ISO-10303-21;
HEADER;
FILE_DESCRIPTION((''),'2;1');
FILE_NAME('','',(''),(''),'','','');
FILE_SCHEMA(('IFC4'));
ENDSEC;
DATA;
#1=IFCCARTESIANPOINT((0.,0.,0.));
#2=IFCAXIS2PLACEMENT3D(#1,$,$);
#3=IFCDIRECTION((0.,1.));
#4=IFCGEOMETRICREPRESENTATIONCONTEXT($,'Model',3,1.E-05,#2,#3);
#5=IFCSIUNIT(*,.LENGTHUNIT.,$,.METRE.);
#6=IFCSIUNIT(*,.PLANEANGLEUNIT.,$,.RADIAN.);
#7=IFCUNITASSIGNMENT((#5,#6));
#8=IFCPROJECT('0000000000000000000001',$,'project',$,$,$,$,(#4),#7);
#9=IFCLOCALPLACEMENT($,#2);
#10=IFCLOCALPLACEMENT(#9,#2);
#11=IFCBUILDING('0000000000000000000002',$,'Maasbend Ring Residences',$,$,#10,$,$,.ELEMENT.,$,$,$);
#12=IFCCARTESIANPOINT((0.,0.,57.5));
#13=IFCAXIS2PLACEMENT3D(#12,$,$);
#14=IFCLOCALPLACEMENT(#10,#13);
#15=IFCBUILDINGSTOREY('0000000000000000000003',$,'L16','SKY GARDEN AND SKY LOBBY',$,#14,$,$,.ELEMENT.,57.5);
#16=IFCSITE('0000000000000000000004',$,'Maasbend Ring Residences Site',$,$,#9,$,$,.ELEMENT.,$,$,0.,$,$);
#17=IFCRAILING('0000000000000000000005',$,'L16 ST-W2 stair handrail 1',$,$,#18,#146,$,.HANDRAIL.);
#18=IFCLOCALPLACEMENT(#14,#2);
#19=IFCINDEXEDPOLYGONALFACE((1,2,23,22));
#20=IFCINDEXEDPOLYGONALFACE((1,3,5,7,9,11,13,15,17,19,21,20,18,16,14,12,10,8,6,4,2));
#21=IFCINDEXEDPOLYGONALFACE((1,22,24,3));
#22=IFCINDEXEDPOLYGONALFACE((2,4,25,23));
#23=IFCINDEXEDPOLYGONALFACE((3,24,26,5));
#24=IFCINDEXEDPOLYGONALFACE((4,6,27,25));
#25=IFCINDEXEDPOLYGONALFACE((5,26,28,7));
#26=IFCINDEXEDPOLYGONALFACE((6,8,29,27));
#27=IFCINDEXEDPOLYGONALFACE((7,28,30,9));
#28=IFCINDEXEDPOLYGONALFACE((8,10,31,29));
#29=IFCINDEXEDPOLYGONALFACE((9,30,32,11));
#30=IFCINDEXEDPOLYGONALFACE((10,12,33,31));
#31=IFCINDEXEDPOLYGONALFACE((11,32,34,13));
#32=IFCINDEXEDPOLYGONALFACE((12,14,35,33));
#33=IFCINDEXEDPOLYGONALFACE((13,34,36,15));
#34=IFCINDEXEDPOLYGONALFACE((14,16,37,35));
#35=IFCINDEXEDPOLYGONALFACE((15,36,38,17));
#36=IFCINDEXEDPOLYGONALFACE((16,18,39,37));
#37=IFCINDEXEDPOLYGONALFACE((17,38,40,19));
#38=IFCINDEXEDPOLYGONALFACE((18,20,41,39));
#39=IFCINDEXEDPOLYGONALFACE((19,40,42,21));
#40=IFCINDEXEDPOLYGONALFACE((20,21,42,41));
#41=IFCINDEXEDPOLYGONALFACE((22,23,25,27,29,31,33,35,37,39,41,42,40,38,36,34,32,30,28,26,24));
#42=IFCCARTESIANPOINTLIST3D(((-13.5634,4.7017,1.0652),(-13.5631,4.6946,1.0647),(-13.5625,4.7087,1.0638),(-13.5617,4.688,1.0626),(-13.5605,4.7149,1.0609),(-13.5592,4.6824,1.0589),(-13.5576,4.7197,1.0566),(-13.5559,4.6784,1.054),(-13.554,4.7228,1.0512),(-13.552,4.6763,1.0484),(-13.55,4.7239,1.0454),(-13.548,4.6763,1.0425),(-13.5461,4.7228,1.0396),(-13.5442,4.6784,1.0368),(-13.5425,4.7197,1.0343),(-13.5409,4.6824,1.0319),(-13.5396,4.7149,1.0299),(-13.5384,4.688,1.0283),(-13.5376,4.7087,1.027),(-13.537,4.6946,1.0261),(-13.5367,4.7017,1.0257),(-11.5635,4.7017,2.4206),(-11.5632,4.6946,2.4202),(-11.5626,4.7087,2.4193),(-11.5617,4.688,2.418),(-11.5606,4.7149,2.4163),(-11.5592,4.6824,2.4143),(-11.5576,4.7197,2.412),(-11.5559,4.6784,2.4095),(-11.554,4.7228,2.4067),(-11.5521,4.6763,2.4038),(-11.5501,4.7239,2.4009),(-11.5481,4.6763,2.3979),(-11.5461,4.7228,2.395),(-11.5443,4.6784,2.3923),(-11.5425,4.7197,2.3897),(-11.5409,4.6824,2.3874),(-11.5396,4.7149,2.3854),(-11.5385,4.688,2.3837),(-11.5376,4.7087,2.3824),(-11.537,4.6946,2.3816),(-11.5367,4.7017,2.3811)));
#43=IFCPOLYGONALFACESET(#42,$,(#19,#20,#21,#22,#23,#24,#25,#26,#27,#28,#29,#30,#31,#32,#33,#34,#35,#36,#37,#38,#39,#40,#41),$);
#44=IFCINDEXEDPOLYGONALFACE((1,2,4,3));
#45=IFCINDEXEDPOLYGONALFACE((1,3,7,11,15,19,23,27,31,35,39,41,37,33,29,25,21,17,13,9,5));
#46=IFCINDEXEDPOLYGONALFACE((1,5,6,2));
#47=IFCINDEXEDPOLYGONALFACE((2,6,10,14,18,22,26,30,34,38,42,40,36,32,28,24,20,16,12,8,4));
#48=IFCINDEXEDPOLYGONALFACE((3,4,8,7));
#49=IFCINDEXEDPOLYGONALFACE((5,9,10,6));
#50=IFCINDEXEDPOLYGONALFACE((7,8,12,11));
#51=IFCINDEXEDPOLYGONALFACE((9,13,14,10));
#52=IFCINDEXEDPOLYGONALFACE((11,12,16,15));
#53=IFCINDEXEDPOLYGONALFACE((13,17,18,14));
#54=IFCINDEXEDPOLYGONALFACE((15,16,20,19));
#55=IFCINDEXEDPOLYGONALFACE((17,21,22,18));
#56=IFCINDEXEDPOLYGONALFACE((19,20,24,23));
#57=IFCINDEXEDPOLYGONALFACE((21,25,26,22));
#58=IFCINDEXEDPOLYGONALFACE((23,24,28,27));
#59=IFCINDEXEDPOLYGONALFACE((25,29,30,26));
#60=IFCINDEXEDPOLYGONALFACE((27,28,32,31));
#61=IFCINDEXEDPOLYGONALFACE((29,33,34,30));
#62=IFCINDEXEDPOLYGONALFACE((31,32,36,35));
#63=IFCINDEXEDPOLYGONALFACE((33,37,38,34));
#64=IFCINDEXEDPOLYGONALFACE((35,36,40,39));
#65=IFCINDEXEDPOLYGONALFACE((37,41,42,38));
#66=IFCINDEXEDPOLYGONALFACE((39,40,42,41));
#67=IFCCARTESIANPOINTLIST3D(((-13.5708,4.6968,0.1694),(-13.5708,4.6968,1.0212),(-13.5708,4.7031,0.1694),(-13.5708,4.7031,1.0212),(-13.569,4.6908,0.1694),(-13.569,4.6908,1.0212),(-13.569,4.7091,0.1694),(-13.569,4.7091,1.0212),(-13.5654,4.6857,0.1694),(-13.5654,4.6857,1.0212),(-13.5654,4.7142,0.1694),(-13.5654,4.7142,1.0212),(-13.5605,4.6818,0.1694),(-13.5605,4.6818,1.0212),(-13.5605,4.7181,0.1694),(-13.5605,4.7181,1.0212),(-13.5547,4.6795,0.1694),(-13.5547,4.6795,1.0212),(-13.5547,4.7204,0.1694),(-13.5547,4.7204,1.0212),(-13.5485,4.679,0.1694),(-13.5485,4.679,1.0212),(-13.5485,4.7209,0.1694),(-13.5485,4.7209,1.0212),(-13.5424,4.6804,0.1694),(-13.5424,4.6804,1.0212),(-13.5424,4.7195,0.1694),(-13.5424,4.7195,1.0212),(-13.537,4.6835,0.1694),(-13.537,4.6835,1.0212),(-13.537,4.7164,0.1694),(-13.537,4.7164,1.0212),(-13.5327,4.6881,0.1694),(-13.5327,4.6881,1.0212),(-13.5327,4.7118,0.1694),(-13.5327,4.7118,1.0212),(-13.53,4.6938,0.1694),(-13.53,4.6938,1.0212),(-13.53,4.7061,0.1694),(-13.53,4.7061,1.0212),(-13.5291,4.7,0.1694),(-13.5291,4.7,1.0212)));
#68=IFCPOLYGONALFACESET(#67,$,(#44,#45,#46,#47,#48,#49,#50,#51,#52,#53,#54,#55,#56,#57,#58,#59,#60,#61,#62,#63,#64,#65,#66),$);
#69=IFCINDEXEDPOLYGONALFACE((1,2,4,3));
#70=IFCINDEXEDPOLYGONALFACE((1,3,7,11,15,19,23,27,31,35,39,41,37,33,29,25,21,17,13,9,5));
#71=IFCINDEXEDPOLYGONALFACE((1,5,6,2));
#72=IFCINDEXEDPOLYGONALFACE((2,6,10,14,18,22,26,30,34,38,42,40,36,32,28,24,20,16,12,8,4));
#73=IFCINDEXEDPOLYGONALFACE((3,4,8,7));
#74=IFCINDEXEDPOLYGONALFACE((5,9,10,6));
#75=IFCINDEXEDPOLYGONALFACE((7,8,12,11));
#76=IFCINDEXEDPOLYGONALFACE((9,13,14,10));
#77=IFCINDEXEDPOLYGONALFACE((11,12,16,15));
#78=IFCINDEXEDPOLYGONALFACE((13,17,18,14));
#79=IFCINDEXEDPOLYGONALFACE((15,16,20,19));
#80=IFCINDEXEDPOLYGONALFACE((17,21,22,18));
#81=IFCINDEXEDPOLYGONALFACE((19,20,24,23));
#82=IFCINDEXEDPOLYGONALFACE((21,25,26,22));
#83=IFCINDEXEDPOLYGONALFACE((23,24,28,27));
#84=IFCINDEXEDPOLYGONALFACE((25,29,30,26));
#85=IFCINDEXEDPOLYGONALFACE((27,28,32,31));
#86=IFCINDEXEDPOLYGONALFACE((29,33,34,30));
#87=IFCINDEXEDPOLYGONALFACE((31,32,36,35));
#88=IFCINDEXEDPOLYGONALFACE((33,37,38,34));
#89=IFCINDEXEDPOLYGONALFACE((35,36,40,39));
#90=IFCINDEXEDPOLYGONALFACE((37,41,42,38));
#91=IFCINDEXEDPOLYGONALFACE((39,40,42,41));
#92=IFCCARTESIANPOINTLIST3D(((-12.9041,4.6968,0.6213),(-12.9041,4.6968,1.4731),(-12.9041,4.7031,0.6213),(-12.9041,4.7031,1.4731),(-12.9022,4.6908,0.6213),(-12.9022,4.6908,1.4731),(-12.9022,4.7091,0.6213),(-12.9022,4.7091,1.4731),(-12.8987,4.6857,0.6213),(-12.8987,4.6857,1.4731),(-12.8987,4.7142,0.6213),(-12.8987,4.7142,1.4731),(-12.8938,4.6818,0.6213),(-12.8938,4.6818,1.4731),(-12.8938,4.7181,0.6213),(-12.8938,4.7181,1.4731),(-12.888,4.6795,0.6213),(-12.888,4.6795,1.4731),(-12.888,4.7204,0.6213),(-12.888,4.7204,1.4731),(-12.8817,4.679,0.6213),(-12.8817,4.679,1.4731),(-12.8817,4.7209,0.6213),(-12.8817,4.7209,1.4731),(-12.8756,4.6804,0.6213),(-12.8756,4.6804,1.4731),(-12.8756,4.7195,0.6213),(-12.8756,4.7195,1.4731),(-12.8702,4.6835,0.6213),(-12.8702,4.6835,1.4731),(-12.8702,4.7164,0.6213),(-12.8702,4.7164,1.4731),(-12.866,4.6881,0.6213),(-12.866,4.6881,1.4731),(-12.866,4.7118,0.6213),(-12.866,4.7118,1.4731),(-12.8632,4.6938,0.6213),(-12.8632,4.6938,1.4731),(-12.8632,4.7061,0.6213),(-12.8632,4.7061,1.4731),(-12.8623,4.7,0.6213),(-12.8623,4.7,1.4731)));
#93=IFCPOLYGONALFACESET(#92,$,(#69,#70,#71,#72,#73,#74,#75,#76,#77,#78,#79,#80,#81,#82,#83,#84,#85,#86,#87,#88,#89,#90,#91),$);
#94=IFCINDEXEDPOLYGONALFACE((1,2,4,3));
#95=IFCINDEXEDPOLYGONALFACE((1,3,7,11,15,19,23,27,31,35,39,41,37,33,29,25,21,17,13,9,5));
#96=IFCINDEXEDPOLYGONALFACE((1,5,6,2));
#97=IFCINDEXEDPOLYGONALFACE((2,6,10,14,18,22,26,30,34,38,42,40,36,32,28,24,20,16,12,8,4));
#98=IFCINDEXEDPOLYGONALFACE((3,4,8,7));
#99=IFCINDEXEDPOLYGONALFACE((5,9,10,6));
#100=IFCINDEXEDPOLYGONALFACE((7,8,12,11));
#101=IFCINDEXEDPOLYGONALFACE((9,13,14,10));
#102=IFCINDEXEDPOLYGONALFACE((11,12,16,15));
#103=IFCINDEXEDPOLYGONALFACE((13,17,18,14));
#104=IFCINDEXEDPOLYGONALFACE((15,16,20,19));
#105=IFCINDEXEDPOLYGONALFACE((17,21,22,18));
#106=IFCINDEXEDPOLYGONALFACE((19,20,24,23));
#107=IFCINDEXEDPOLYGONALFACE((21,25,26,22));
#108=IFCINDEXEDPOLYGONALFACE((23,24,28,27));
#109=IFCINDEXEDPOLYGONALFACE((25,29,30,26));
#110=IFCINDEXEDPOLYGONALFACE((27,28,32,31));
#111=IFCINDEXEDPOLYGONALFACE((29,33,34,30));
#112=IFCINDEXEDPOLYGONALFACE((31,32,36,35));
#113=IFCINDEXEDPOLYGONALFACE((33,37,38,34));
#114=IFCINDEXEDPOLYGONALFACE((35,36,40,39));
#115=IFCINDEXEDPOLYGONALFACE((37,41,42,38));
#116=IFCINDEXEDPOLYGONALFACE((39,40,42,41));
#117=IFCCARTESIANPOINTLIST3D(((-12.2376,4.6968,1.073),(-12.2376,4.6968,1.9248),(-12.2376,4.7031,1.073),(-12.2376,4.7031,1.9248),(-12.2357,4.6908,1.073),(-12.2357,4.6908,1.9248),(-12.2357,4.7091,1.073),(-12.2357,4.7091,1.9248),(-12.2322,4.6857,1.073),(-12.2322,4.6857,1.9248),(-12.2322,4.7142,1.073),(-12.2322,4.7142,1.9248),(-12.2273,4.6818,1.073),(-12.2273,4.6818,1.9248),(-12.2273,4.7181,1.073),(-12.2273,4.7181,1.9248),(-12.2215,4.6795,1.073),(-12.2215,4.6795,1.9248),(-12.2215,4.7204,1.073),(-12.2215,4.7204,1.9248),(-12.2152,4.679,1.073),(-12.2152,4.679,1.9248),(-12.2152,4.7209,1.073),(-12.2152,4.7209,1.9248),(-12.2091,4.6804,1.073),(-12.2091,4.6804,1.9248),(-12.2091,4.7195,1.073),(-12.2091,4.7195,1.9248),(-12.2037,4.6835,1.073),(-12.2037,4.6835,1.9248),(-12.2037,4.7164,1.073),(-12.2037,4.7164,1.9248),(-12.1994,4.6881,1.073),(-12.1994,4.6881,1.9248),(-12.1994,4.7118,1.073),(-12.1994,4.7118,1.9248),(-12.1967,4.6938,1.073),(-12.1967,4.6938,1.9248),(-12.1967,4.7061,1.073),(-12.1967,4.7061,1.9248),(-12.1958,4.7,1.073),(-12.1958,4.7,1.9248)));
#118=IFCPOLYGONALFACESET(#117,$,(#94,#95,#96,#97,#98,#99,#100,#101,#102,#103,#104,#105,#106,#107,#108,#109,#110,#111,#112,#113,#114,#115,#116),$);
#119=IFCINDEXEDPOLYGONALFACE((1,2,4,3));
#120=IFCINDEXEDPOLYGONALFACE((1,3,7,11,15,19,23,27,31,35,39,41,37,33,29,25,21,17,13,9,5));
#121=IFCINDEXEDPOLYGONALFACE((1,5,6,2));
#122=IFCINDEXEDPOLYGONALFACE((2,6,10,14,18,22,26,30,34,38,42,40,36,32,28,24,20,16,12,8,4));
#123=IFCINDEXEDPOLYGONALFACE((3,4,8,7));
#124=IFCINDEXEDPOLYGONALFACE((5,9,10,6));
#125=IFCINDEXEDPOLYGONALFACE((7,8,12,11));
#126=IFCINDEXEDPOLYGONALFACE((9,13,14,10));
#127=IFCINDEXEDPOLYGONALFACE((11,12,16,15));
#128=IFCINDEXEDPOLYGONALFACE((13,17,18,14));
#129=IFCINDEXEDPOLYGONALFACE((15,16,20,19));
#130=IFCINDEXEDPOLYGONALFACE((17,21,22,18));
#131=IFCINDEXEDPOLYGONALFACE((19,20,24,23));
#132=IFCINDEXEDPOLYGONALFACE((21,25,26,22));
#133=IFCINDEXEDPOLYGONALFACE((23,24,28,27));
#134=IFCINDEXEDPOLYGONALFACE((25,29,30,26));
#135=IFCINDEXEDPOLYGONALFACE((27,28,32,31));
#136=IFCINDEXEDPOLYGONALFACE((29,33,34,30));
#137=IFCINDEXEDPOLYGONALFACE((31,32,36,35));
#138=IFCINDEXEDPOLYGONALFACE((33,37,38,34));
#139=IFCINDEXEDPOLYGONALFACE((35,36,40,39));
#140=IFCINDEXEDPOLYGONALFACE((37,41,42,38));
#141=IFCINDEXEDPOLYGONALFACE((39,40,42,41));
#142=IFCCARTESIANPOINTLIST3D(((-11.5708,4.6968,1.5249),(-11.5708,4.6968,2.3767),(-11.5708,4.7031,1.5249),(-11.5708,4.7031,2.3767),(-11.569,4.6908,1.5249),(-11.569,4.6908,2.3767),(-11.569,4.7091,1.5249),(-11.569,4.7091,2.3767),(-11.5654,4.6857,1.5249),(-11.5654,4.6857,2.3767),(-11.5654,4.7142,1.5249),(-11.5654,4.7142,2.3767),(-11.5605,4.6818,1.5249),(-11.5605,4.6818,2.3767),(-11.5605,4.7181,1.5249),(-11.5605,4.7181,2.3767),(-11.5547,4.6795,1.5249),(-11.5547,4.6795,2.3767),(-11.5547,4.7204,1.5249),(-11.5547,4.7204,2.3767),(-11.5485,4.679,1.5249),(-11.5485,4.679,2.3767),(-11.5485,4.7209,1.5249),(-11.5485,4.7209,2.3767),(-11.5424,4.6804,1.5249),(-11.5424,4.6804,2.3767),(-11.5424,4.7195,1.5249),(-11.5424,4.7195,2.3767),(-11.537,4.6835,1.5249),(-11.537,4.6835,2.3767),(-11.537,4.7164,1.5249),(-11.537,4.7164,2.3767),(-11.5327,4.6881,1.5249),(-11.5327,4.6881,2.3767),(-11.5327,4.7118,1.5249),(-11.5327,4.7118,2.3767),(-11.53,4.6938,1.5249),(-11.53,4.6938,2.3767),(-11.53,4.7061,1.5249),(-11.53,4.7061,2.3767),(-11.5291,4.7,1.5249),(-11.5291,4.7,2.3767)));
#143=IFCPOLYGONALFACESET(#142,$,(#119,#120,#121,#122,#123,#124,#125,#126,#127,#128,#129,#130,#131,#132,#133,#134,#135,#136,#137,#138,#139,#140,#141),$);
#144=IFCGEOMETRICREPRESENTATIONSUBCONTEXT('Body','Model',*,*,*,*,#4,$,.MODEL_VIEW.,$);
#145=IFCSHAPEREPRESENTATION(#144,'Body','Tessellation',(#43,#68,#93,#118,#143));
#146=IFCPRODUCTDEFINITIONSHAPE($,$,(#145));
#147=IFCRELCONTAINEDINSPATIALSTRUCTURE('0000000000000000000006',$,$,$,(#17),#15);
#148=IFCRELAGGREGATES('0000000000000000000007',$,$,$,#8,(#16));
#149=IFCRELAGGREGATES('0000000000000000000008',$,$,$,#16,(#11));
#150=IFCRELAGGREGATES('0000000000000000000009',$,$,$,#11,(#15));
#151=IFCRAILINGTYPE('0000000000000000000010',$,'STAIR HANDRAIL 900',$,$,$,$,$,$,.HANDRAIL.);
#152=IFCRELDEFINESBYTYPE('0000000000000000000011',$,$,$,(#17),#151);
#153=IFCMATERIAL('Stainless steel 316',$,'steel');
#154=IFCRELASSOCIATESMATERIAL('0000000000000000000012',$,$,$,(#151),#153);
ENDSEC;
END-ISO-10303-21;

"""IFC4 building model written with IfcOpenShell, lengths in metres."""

from ifc_helpers import new_model, si_unit, direction, frame, origin, origin_2d, place, context, subcontext, project, spatial, circle, extrude, material, type_object, element, save


model = new_model("IFC4")

# Units and contexts
model_context = context("Model", 3, precision=1e-05, world=origin(), true_north=direction((0.0, 1.0)))
body_context = subcontext(model_context, "Body", "Model", "MODEL_VIEW")
ifc_project = project(units=[si_unit("LENGTHUNIT", "METRE"), si_unit("PLANEANGLEUNIT", "RADIAN")], contexts=[model_context])

# Site, building, storey
site_placement = place(None, origin())
site = spatial("IfcSite", under=ifc_project, at=site_placement, Name="Maasbend Ring Residences Site", CompositionType="ELEMENT", RefElevation=0.0)
building_placement = place(site_placement, origin())
building = spatial("IfcBuilding", under=site, at=building_placement, Name="Maasbend Ring Residences", CompositionType="ELEMENT")
storey_placement = place(building_placement, frame((0.0, 0.0, 57.5)))
storey = spatial("IfcBuildingStorey", under=building, at=storey_placement, Name="L16", Description="SKY GARDEN AND SKY LOBBY", CompositionType="ELEMENT", Elevation=57.5)

# Railing
ifc_material_1 = material(Name="Stainless steel 316", Category="steel")
railing_type_1 = type_object("IfcRailingType", Name="STAIR HANDRAIL 900", PredefinedType="HANDRAIL", material=ifc_material_1)
railing_1_placement = place(storey_placement, frame((-13.55, 4.7, 0.1694)))
element("IfcRailing", 1, at=railing_1_placement, inside=storey, type_object=railing_type_1, Name="L16 ST-W2 stair handrail 1", PredefinedType="HANDRAIL", context=body_context, shape_type="SweptSolid", body=[
    extrude(circle(Radius=0.0239, at=origin_2d()), frame((0.0, 0.0, 0.876), z_axis=(0.827798, 0.0, 0.561027), x_axis=(0.0, 1.0, 0.0)), (0.0, 0.0, 1.0), 2.416),
    extrude(circle(Radius=0.021, at=origin_2d()), origin(), (0.0, 0.0, 1.0), 0.8518),
    extrude(circle(Radius=0.021, at=origin_2d()), frame((0.6667, 0.0, 0.4519)), (0.0, 0.0, 1.0), 0.8518),
    extrude(circle(Radius=0.021, at=origin_2d()), frame((1.3333, 0.0, 0.9036)), (0.0, 0.0, 1.0), 0.8518),
    extrude(circle(Radius=0.021, at=origin_2d()), frame((2.0, 0.0, 1.3555)), (0.0, 0.0, 1.0), 0.8518),
])

save(model, "model.ifc")
